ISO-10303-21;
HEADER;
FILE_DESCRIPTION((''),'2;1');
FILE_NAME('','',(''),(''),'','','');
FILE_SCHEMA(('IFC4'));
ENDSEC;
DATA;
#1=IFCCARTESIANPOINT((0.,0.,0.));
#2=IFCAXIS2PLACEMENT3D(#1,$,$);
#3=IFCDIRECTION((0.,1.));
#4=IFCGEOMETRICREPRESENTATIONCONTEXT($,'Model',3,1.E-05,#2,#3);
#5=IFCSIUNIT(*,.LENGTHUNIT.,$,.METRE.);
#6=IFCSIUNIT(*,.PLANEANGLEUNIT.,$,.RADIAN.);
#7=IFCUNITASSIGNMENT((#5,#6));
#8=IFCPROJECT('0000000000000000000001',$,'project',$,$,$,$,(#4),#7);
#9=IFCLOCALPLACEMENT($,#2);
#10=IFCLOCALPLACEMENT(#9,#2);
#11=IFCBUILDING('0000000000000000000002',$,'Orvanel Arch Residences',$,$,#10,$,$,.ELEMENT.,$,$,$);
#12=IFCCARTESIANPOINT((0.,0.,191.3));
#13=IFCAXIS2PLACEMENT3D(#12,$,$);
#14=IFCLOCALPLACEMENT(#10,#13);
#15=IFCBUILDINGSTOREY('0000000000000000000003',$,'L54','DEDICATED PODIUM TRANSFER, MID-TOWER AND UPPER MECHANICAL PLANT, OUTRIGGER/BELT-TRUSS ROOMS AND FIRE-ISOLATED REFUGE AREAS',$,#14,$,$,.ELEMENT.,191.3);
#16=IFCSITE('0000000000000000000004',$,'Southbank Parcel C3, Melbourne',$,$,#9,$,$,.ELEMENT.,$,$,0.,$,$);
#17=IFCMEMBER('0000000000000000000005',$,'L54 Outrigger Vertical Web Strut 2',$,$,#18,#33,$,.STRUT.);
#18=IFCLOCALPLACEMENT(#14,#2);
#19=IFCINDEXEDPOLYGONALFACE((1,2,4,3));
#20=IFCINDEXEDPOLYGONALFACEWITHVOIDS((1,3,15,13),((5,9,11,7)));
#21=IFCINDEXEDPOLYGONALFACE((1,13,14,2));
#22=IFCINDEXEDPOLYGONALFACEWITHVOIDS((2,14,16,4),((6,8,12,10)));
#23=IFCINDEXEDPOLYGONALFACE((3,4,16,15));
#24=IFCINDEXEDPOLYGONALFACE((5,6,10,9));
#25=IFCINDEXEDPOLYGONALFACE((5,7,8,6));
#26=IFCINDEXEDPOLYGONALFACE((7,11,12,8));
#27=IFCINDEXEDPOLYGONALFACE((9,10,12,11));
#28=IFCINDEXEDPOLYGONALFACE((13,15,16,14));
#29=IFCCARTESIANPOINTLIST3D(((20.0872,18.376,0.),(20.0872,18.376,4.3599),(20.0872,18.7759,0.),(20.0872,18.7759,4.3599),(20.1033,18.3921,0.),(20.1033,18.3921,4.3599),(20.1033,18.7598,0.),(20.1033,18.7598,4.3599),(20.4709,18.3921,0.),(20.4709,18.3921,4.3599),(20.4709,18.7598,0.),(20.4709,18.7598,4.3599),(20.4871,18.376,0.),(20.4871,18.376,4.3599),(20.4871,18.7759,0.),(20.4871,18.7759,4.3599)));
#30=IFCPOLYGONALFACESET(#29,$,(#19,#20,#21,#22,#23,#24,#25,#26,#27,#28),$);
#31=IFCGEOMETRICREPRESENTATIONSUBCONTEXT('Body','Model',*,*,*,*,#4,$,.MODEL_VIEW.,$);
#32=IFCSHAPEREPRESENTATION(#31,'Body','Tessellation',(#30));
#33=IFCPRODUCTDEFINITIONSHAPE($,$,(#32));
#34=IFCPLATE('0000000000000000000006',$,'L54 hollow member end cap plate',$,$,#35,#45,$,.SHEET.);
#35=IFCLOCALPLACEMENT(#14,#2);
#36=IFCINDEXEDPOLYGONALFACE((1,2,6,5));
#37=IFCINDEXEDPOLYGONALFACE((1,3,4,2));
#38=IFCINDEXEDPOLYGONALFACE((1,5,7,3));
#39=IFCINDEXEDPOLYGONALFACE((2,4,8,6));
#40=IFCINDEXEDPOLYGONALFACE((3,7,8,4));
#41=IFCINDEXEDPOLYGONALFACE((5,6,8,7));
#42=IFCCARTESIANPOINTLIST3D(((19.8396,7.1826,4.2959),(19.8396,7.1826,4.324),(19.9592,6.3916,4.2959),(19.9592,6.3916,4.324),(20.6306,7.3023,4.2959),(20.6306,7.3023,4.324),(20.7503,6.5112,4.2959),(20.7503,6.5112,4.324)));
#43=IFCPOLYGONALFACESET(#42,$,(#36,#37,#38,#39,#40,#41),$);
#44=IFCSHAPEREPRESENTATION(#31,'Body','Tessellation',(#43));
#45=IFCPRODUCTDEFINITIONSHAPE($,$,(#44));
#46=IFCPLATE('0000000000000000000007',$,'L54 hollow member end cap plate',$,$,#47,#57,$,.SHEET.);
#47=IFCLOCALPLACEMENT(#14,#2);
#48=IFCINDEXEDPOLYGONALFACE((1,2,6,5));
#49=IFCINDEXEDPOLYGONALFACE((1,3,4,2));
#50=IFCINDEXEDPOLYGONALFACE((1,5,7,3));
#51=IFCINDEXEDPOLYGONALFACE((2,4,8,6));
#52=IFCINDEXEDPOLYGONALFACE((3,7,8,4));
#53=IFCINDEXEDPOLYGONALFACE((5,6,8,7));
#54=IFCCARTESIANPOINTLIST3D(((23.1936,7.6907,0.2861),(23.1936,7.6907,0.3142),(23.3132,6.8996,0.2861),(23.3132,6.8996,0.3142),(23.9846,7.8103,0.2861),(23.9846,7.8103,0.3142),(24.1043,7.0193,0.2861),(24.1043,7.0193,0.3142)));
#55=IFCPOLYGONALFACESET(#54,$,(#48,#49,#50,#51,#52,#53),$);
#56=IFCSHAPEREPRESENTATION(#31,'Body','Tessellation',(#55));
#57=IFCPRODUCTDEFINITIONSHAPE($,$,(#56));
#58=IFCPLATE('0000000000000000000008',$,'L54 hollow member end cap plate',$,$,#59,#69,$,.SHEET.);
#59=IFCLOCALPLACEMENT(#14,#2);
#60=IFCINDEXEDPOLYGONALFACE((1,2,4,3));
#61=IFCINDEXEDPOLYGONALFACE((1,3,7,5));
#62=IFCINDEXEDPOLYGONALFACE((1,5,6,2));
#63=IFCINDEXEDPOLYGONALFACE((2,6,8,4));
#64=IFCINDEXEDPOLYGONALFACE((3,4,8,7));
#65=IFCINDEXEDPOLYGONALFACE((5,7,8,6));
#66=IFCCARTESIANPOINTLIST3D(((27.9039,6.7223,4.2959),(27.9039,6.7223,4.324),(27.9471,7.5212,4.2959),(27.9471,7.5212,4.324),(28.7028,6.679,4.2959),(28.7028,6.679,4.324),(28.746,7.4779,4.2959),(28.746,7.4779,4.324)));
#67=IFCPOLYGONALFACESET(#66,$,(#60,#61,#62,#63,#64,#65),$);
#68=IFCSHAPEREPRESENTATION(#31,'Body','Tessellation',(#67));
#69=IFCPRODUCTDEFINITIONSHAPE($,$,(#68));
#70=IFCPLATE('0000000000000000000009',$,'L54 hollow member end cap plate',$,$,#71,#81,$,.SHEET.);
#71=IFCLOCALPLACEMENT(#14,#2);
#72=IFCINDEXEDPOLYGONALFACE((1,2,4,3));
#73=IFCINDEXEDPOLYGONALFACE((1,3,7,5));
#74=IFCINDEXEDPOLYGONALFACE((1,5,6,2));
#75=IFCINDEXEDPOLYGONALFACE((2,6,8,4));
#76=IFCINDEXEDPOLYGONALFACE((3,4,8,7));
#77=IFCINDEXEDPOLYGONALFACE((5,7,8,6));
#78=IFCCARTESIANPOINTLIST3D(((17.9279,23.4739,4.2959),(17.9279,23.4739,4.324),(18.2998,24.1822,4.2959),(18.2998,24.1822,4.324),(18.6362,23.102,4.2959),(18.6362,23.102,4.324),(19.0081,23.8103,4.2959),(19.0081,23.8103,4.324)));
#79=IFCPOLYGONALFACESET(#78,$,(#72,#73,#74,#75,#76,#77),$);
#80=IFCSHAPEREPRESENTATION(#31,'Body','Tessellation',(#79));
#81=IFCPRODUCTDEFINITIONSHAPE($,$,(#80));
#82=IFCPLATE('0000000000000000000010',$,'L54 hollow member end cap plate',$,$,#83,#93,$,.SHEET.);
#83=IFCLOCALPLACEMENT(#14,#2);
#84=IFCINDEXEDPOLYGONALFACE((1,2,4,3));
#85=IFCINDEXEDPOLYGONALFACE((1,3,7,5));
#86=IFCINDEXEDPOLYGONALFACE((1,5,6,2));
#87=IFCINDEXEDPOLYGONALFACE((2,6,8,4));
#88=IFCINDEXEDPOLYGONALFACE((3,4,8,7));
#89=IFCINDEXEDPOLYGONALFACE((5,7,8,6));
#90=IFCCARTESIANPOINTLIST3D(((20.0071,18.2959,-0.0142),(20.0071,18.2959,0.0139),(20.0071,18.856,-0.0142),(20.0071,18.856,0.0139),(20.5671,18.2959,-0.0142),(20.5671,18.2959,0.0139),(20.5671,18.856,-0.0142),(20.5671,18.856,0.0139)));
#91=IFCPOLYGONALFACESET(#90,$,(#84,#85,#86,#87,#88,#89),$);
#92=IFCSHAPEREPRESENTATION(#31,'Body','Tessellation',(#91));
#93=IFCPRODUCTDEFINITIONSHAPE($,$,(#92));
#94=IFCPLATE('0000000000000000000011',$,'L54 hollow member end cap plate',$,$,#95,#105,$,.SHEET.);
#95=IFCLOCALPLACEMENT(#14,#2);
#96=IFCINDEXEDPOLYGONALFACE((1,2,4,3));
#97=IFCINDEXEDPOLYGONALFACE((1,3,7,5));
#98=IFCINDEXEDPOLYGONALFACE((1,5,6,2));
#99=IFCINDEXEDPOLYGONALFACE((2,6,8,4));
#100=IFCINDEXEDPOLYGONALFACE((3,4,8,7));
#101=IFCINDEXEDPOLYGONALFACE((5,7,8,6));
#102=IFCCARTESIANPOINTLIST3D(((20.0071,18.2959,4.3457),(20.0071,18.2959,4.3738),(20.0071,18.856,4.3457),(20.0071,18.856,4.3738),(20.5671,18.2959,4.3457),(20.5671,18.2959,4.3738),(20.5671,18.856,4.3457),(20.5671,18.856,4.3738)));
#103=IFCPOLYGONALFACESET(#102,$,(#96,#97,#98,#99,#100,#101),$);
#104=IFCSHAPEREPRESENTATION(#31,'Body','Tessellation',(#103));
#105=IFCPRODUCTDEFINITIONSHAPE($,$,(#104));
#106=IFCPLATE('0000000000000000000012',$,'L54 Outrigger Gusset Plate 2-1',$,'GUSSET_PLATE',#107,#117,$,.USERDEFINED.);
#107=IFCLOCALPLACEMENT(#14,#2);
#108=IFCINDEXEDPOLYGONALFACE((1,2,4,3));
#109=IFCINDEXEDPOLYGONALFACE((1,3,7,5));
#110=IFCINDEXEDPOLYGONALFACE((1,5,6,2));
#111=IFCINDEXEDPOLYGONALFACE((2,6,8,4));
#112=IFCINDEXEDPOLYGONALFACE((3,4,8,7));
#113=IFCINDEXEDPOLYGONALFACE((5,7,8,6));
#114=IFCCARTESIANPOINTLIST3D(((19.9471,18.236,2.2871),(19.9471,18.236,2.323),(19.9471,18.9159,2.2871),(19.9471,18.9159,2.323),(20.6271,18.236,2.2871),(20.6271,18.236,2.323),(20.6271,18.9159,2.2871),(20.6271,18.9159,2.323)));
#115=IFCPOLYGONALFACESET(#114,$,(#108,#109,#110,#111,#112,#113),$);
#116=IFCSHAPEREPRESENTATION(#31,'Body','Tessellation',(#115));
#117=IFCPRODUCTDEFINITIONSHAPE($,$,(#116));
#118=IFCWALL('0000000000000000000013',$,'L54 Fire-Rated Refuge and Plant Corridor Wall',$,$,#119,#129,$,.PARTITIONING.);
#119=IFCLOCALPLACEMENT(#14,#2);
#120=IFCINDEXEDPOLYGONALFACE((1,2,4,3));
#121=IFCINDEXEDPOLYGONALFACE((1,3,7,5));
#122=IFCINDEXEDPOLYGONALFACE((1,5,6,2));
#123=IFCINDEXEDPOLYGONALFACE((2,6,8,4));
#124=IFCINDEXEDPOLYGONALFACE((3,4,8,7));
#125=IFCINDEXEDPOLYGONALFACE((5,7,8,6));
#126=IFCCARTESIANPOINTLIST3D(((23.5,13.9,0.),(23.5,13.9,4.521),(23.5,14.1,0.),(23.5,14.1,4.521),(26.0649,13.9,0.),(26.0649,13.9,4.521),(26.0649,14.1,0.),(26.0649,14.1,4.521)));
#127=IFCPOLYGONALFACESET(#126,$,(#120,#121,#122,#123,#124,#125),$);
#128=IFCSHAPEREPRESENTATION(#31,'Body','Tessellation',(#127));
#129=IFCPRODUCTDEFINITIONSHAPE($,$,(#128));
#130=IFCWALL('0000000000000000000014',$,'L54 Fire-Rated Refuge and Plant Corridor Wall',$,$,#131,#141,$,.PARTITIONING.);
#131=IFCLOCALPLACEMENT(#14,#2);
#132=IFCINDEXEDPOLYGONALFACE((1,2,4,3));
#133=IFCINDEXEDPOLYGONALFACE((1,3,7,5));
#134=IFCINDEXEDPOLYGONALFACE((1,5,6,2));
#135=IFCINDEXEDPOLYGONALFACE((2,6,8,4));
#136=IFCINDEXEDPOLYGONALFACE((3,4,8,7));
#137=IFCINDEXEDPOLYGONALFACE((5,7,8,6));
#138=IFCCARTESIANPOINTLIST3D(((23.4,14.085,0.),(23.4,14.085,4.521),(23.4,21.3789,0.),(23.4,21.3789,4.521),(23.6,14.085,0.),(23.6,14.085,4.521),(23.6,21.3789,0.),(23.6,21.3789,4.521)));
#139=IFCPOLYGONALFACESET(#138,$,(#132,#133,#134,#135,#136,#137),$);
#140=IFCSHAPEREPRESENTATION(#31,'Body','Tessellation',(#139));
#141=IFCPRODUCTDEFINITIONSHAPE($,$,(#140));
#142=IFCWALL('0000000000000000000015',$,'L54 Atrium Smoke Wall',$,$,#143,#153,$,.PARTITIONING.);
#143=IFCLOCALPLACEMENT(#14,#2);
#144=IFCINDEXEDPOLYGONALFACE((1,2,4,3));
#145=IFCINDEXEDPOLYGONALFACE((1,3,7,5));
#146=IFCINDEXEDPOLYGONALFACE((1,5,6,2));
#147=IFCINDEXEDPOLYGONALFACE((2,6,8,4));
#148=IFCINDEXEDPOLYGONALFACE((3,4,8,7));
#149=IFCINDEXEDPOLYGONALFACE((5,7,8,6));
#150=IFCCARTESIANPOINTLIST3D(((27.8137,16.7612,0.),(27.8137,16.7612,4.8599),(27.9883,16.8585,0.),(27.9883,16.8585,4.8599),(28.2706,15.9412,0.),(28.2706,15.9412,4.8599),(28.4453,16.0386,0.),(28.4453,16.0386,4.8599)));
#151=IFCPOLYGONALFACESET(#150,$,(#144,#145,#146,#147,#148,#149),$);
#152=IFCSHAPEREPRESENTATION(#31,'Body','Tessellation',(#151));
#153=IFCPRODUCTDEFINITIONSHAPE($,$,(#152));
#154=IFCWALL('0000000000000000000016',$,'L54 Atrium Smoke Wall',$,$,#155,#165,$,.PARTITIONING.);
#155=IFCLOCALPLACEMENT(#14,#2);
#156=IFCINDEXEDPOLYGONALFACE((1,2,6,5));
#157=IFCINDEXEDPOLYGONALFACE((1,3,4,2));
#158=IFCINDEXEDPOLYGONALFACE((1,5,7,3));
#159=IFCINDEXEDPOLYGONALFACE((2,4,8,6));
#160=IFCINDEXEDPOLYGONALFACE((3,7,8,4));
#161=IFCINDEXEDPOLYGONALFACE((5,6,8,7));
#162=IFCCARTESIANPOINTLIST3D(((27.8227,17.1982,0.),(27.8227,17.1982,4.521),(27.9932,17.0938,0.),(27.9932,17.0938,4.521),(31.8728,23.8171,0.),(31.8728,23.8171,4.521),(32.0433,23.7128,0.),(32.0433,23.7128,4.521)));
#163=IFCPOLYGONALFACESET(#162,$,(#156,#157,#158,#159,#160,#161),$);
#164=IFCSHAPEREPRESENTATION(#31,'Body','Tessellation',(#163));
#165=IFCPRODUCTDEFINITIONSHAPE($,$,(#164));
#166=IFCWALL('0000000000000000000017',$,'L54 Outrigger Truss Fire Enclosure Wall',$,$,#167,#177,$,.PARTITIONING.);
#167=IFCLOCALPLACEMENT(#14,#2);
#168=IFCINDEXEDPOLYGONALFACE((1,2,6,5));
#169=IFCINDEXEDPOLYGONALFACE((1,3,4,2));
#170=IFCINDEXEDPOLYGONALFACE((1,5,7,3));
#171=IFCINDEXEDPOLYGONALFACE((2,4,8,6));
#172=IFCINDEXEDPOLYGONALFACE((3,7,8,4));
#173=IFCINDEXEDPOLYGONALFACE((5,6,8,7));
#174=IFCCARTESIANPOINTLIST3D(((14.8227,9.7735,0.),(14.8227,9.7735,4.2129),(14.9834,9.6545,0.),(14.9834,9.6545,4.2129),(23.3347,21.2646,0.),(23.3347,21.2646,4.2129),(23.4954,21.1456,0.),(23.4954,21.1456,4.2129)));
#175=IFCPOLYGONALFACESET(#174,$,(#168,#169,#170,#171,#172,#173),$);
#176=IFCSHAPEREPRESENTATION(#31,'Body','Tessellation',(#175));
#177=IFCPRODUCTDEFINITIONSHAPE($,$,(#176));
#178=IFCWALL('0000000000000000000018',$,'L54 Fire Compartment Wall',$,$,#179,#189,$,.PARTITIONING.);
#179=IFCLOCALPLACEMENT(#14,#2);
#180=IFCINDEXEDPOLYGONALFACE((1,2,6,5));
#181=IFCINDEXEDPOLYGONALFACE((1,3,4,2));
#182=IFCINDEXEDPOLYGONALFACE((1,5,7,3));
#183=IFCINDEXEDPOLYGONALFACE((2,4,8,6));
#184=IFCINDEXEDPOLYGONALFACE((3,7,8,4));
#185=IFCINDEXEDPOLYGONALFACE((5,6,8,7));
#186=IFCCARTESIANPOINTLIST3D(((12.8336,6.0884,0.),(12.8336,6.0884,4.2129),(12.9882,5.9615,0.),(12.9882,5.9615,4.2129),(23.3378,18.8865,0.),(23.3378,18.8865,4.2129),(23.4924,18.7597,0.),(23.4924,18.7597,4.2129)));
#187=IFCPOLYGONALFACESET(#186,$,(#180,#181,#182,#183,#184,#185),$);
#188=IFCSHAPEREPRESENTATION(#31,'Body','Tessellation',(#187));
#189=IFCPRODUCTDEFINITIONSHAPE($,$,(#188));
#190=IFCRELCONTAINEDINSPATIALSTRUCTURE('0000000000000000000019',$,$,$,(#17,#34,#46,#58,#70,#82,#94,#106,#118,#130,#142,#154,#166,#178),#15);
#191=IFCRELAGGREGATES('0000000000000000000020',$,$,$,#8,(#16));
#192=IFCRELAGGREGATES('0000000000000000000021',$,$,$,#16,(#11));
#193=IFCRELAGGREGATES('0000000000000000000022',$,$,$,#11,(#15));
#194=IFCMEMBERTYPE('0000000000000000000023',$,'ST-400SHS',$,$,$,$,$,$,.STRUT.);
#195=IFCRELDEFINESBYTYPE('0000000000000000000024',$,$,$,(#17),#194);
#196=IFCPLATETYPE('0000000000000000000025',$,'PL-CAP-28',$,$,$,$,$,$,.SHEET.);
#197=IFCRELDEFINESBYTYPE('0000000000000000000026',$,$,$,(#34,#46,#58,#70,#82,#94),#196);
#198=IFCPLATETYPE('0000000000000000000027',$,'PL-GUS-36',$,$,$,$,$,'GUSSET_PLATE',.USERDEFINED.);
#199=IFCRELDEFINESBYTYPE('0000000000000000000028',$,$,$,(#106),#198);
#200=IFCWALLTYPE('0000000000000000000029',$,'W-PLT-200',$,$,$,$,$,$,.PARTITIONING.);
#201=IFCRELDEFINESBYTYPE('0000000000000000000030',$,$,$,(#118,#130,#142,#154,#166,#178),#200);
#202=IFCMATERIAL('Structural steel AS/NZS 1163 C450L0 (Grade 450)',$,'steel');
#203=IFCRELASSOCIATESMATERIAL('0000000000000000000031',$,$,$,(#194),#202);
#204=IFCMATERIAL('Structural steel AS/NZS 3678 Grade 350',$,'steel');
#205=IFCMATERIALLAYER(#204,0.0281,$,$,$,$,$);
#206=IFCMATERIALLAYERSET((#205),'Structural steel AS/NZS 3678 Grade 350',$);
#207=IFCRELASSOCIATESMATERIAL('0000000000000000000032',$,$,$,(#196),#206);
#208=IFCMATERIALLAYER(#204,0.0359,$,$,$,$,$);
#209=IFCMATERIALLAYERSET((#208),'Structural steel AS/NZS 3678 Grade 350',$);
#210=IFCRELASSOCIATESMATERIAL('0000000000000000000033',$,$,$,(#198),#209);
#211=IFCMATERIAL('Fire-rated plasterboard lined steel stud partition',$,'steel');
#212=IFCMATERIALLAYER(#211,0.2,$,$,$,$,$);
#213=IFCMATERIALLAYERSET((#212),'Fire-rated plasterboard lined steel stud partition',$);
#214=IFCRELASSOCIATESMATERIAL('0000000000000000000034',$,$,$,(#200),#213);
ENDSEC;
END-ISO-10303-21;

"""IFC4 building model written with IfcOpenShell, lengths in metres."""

from ifc_helpers import new_model, si_unit, direction, frame, frame_2d, origin, origin_2d, place, context, subcontext, project, spatial, rectangle, hollow_rectangle, extrude, material, layer, layer_set, material_profile, profile_set, type_object, element, save


model = new_model("IFC4")

# Units and contexts
model_context = context("Model", 3, precision=1e-05, world=origin(), true_north=direction((0.0, 1.0)))
body_context = subcontext(model_context, "Body", "Model", "MODEL_VIEW")
ifc_project = project(units=[si_unit("LENGTHUNIT", "METRE"), si_unit("PLANEANGLEUNIT", "RADIAN")], contexts=[model_context])

# Site, building, storey
site_placement = place(None, origin())
site = spatial("IfcSite", under=ifc_project, at=site_placement, Name="Southbank Parcel C3, Melbourne", CompositionType="ELEMENT", RefElevation=0.0)
building_placement = place(site_placement, origin())
building = spatial("IfcBuilding", under=site, at=building_placement, Name="Orvanel Arch Residences", CompositionType="ELEMENT")
storey_placement = place(building_placement, frame((0.0, 0.0, 191.3)))
storey = spatial("IfcBuildingStorey", under=building, at=storey_placement, Name="L54", Description="DEDICATED PODIUM TRANSFER, MID-TOWER AND UPPER MECHANICAL PLANT, OUTRIGGER/BELT-TRUSS ROOMS AND FIRE-ISOLATED REFUGE AREAS", CompositionType="ELEMENT", Elevation=191.3)

# Shared definitions
ifc_material_1 = material(Name="Structural steel AS/NZS 1163 C450L0 (Grade 450)", Category="steel")
ifc_material_2 = material(Name="Structural steel AS/NZS 3678 Grade 350", Category="steel")

# Member
ifc_material_profile_1 = material_profile(ifc_material_1, hollow_rectangle(XDim=0.3999, YDim=0.3999, WallThickness=0.0161, at=origin_2d()), Name="SHS400x400x16")
ifc_profile_set_1 = profile_set([ifc_material_profile_1], Name="Structural steel AS/NZS 1163 C450L0 (Grade 450)")
member_type_1 = type_object("IfcMemberType", Name="ST-400SHS", PredefinedType="STRUT", material=ifc_profile_set_1)
member_1_placement = place(storey_placement, frame((20.2871, 18.5759, 0.0), z_axis=(0.0, 0.0, 1.0), x_axis=(1.0, 0.0, 0.0)))
element("IfcMember", 1, at=member_1_placement, inside=storey, type_object=member_type_1, Name="L54 Outrigger Vertical Web Strut 2", PredefinedType="STRUT", context=body_context, shape_type="SweptSolid", body=[
    extrude(hollow_rectangle(XDim=0.3999, YDim=0.3999, WallThickness=0.0161, at=origin_2d()), origin(), (0.0, 0.0, 1.0), 4.3599),
])

# Plates
ifc_layer_1 = layer(ifc_material_2, 0.0281)
ifc_layer_set_1 = layer_set([ifc_layer_1], Name="Structural steel AS/NZS 3678 Grade 350")
plate_type_1 = type_object("IfcPlateType", Name="PL-CAP-28", PredefinedType="SHEET", material=ifc_layer_set_1)
for number, where, z_axis, x_axis, name in (
    (2, (20.2949, 6.8469, 4.2959), (0.0, 0.0, 1.0), (0.988756, 0.149535, 0.0), "L54 hollow member end cap plate"),
    (3, (23.6489, 7.355, 0.2861), (0.0, 0.0, 1.0), (0.988756, 0.149535, 0.0), "L54 hollow member end cap plate"),
    (4, (28.325, 7.1001, 4.2959), (0.0, 0.0, 1.0), (-0.998537, 0.054079, 0.0), "L54 hollow member end cap plate"),
    (5, (18.468, 23.6421, 4.2959), (0.0, 0.0, 1.0), (0.464842, 0.885394, 0.0), "L54 hollow member end cap plate"),
):
    element("IfcPlate", number, at=place(storey_placement, frame(where, z_axis=z_axis, x_axis=x_axis)), inside=storey, type_object=plate_type_1, Name=name, PredefinedType="SHEET", context=body_context, shape_type="SweptSolid", body=[
        extrude(rectangle(XDim=0.8, YDim=0.8, at=origin_2d()), origin(), (0.0, 0.0, 1.0), 0.0281),
    ])
for number, where, z_axis, x_axis, name in (
    (6, (20.2871, 18.5759, -0.0142), (0.0, 0.0, 1.0), (1.0, 0.0, 0.0), "L54 hollow member end cap plate"),
    (7, (20.2871, 18.5759, 4.3457), (0.0, 0.0, 1.0), (1.0, 0.0, 0.0), "L54 hollow member end cap plate"),
):
    element("IfcPlate", number, at=place(storey_placement, frame(where, z_axis=z_axis, x_axis=x_axis)), inside=storey, type_object=plate_type_1, Name=name, PredefinedType="SHEET", context=body_context, shape_type="SweptSolid", body=[
        extrude(rectangle(XDim=0.5601, YDim=0.5601, at=origin_2d()), origin(), (0.0, 0.0, 1.0), 0.0281),
    ])
ifc_layer_2 = layer(ifc_material_2, 0.0359)
ifc_layer_set_2 = layer_set([ifc_layer_2], Name="Structural steel AS/NZS 3678 Grade 350")
plate_type_2 = type_object("IfcPlateType", Name="PL-GUS-36", ElementType="GUSSET_PLATE", PredefinedType="USERDEFINED", material=ifc_layer_set_2)
plate_placement = place(storey_placement, frame((20.2871, 18.5759, 2.2871), z_axis=(0.0, 0.0, 1.0), x_axis=(1.0, 0.0, 0.0)))
element("IfcPlate", 8, at=plate_placement, inside=storey, type_object=plate_type_2, Name="L54 Outrigger Gusset Plate 2-1", ObjectType="GUSSET_PLATE", PredefinedType="USERDEFINED", context=body_context, shape_type="SweptSolid", body=[
    extrude(rectangle(XDim=0.6799, YDim=0.6799, at=origin_2d()), origin(), (0.0, 0.0, 1.0), 0.0359),
])

# Walls
ifc_material_3 = material(Name="Fire-rated plasterboard lined steel stud partition", Category="steel")
ifc_layer_3 = layer(ifc_material_3, 0.2)
ifc_layer_set_3 = layer_set([ifc_layer_3], Name="Fire-rated plasterboard lined steel stud partition")
wall_type = type_object("IfcWallType", Name="W-PLT-200", PredefinedType="PARTITIONING", material=ifc_layer_set_3)
wall_1_placement = place(storey_placement, frame((26.0649, 14.0, 0.0), z_axis=(0.0, 0.0, 1.0), x_axis=(-1.0, 0.0, 0.0)))
element("IfcWall", 9, at=wall_1_placement, inside=storey, type_object=wall_type, Name="L54 Fire-Rated Refuge and Plant Corridor Wall", PredefinedType="PARTITIONING", context=body_context, shape_type="SweptSolid", body=[
    extrude(rectangle(XDim=2.5649, YDim=0.2, at=frame_2d((1.2825, 0.0))), origin(), (0.0, 0.0, 1.0), 4.521),
])
wall_2_placement = place(storey_placement, frame((23.5, 14.085, 0.0), z_axis=(0.0, 0.0, 1.0), x_axis=(0.0, 1.0, 0.0)))
element("IfcWall", 10, at=wall_2_placement, inside=storey, type_object=wall_type, Name="L54 Fire-Rated Refuge and Plant Corridor Wall", PredefinedType="PARTITIONING", context=body_context, shape_type="SweptSolid", body=[
    extrude(rectangle(XDim=7.2939, YDim=0.2, at=frame_2d((3.647, 0.0))), origin(), (0.0, 0.0, 1.0), 4.521),
])
wall_3_placement = place(storey_placement, frame((28.3579, 15.99, 0.0), z_axis=(0.0, 0.0, 1.0), x_axis=(-0.486813, 0.873506, 0.0)))
element("IfcWall", 11, at=wall_3_placement, inside=storey, type_object=wall_type, Name="L54 Atrium Smoke Wall", PredefinedType="PARTITIONING", context=body_context, shape_type="SweptSolid", body=[
    extrude(rectangle(XDim=0.9387, YDim=0.2, at=frame_2d((0.4692, 0.0))), origin(), (0.0, 0.0, 1.0), 4.8599),
])
wall_4_placement = place(storey_placement, frame((27.908, 17.146, 0.0), z_axis=(0.0, 0.0, 1.0), x_axis=(0.521935, 0.852985, 0.0)))
element("IfcWall", 12, at=wall_4_placement, inside=storey, type_object=wall_type, Name="L54 Atrium Smoke Wall", PredefinedType="PARTITIONING", context=body_context, shape_type="SweptSolid", body=[
    extrude(rectangle(XDim=7.7598, YDim=0.2, at=frame_2d((3.8799, 0.0))), origin(), (0.0, 0.0, 1.0), 4.521),
])
wall_5_placement = place(storey_placement, frame((23.415, 21.2051, 0.0), z_axis=(0.0, 0.0, 1.0), x_axis=(-0.595234, -0.803553, 0.0)))
element("IfcWall", 13, at=wall_5_placement, inside=storey, type_object=wall_type, Name="L54 Outrigger Truss Fire Enclosure Wall", PredefinedType="PARTITIONING", context=body_context, shape_type="SweptSolid", body=[
    extrude(rectangle(XDim=14.3003, YDim=0.2, at=frame_2d((7.1501, 0.0))), origin(), (0.0, 0.0, 1.0), 4.2129),
])
wall_6_placement = place(storey_placement, frame((23.415, 18.823, 0.0), z_axis=(0.0, 0.0, 1.0), x_axis=(-0.63443, -0.77298, 0.0)))
element("IfcWall", 14, at=wall_6_placement, inside=storey, type_object=wall_type, Name="L54 Fire Compartment Wall", PredefinedType="PARTITIONING", context=body_context, shape_type="SweptSolid", body=[
    extrude(rectangle(XDim=16.5569, YDim=0.2, at=frame_2d((8.2783, 0.0))), origin(), (0.0, 0.0, 1.0), 4.2129),
])

save(model, "model.ifc")
